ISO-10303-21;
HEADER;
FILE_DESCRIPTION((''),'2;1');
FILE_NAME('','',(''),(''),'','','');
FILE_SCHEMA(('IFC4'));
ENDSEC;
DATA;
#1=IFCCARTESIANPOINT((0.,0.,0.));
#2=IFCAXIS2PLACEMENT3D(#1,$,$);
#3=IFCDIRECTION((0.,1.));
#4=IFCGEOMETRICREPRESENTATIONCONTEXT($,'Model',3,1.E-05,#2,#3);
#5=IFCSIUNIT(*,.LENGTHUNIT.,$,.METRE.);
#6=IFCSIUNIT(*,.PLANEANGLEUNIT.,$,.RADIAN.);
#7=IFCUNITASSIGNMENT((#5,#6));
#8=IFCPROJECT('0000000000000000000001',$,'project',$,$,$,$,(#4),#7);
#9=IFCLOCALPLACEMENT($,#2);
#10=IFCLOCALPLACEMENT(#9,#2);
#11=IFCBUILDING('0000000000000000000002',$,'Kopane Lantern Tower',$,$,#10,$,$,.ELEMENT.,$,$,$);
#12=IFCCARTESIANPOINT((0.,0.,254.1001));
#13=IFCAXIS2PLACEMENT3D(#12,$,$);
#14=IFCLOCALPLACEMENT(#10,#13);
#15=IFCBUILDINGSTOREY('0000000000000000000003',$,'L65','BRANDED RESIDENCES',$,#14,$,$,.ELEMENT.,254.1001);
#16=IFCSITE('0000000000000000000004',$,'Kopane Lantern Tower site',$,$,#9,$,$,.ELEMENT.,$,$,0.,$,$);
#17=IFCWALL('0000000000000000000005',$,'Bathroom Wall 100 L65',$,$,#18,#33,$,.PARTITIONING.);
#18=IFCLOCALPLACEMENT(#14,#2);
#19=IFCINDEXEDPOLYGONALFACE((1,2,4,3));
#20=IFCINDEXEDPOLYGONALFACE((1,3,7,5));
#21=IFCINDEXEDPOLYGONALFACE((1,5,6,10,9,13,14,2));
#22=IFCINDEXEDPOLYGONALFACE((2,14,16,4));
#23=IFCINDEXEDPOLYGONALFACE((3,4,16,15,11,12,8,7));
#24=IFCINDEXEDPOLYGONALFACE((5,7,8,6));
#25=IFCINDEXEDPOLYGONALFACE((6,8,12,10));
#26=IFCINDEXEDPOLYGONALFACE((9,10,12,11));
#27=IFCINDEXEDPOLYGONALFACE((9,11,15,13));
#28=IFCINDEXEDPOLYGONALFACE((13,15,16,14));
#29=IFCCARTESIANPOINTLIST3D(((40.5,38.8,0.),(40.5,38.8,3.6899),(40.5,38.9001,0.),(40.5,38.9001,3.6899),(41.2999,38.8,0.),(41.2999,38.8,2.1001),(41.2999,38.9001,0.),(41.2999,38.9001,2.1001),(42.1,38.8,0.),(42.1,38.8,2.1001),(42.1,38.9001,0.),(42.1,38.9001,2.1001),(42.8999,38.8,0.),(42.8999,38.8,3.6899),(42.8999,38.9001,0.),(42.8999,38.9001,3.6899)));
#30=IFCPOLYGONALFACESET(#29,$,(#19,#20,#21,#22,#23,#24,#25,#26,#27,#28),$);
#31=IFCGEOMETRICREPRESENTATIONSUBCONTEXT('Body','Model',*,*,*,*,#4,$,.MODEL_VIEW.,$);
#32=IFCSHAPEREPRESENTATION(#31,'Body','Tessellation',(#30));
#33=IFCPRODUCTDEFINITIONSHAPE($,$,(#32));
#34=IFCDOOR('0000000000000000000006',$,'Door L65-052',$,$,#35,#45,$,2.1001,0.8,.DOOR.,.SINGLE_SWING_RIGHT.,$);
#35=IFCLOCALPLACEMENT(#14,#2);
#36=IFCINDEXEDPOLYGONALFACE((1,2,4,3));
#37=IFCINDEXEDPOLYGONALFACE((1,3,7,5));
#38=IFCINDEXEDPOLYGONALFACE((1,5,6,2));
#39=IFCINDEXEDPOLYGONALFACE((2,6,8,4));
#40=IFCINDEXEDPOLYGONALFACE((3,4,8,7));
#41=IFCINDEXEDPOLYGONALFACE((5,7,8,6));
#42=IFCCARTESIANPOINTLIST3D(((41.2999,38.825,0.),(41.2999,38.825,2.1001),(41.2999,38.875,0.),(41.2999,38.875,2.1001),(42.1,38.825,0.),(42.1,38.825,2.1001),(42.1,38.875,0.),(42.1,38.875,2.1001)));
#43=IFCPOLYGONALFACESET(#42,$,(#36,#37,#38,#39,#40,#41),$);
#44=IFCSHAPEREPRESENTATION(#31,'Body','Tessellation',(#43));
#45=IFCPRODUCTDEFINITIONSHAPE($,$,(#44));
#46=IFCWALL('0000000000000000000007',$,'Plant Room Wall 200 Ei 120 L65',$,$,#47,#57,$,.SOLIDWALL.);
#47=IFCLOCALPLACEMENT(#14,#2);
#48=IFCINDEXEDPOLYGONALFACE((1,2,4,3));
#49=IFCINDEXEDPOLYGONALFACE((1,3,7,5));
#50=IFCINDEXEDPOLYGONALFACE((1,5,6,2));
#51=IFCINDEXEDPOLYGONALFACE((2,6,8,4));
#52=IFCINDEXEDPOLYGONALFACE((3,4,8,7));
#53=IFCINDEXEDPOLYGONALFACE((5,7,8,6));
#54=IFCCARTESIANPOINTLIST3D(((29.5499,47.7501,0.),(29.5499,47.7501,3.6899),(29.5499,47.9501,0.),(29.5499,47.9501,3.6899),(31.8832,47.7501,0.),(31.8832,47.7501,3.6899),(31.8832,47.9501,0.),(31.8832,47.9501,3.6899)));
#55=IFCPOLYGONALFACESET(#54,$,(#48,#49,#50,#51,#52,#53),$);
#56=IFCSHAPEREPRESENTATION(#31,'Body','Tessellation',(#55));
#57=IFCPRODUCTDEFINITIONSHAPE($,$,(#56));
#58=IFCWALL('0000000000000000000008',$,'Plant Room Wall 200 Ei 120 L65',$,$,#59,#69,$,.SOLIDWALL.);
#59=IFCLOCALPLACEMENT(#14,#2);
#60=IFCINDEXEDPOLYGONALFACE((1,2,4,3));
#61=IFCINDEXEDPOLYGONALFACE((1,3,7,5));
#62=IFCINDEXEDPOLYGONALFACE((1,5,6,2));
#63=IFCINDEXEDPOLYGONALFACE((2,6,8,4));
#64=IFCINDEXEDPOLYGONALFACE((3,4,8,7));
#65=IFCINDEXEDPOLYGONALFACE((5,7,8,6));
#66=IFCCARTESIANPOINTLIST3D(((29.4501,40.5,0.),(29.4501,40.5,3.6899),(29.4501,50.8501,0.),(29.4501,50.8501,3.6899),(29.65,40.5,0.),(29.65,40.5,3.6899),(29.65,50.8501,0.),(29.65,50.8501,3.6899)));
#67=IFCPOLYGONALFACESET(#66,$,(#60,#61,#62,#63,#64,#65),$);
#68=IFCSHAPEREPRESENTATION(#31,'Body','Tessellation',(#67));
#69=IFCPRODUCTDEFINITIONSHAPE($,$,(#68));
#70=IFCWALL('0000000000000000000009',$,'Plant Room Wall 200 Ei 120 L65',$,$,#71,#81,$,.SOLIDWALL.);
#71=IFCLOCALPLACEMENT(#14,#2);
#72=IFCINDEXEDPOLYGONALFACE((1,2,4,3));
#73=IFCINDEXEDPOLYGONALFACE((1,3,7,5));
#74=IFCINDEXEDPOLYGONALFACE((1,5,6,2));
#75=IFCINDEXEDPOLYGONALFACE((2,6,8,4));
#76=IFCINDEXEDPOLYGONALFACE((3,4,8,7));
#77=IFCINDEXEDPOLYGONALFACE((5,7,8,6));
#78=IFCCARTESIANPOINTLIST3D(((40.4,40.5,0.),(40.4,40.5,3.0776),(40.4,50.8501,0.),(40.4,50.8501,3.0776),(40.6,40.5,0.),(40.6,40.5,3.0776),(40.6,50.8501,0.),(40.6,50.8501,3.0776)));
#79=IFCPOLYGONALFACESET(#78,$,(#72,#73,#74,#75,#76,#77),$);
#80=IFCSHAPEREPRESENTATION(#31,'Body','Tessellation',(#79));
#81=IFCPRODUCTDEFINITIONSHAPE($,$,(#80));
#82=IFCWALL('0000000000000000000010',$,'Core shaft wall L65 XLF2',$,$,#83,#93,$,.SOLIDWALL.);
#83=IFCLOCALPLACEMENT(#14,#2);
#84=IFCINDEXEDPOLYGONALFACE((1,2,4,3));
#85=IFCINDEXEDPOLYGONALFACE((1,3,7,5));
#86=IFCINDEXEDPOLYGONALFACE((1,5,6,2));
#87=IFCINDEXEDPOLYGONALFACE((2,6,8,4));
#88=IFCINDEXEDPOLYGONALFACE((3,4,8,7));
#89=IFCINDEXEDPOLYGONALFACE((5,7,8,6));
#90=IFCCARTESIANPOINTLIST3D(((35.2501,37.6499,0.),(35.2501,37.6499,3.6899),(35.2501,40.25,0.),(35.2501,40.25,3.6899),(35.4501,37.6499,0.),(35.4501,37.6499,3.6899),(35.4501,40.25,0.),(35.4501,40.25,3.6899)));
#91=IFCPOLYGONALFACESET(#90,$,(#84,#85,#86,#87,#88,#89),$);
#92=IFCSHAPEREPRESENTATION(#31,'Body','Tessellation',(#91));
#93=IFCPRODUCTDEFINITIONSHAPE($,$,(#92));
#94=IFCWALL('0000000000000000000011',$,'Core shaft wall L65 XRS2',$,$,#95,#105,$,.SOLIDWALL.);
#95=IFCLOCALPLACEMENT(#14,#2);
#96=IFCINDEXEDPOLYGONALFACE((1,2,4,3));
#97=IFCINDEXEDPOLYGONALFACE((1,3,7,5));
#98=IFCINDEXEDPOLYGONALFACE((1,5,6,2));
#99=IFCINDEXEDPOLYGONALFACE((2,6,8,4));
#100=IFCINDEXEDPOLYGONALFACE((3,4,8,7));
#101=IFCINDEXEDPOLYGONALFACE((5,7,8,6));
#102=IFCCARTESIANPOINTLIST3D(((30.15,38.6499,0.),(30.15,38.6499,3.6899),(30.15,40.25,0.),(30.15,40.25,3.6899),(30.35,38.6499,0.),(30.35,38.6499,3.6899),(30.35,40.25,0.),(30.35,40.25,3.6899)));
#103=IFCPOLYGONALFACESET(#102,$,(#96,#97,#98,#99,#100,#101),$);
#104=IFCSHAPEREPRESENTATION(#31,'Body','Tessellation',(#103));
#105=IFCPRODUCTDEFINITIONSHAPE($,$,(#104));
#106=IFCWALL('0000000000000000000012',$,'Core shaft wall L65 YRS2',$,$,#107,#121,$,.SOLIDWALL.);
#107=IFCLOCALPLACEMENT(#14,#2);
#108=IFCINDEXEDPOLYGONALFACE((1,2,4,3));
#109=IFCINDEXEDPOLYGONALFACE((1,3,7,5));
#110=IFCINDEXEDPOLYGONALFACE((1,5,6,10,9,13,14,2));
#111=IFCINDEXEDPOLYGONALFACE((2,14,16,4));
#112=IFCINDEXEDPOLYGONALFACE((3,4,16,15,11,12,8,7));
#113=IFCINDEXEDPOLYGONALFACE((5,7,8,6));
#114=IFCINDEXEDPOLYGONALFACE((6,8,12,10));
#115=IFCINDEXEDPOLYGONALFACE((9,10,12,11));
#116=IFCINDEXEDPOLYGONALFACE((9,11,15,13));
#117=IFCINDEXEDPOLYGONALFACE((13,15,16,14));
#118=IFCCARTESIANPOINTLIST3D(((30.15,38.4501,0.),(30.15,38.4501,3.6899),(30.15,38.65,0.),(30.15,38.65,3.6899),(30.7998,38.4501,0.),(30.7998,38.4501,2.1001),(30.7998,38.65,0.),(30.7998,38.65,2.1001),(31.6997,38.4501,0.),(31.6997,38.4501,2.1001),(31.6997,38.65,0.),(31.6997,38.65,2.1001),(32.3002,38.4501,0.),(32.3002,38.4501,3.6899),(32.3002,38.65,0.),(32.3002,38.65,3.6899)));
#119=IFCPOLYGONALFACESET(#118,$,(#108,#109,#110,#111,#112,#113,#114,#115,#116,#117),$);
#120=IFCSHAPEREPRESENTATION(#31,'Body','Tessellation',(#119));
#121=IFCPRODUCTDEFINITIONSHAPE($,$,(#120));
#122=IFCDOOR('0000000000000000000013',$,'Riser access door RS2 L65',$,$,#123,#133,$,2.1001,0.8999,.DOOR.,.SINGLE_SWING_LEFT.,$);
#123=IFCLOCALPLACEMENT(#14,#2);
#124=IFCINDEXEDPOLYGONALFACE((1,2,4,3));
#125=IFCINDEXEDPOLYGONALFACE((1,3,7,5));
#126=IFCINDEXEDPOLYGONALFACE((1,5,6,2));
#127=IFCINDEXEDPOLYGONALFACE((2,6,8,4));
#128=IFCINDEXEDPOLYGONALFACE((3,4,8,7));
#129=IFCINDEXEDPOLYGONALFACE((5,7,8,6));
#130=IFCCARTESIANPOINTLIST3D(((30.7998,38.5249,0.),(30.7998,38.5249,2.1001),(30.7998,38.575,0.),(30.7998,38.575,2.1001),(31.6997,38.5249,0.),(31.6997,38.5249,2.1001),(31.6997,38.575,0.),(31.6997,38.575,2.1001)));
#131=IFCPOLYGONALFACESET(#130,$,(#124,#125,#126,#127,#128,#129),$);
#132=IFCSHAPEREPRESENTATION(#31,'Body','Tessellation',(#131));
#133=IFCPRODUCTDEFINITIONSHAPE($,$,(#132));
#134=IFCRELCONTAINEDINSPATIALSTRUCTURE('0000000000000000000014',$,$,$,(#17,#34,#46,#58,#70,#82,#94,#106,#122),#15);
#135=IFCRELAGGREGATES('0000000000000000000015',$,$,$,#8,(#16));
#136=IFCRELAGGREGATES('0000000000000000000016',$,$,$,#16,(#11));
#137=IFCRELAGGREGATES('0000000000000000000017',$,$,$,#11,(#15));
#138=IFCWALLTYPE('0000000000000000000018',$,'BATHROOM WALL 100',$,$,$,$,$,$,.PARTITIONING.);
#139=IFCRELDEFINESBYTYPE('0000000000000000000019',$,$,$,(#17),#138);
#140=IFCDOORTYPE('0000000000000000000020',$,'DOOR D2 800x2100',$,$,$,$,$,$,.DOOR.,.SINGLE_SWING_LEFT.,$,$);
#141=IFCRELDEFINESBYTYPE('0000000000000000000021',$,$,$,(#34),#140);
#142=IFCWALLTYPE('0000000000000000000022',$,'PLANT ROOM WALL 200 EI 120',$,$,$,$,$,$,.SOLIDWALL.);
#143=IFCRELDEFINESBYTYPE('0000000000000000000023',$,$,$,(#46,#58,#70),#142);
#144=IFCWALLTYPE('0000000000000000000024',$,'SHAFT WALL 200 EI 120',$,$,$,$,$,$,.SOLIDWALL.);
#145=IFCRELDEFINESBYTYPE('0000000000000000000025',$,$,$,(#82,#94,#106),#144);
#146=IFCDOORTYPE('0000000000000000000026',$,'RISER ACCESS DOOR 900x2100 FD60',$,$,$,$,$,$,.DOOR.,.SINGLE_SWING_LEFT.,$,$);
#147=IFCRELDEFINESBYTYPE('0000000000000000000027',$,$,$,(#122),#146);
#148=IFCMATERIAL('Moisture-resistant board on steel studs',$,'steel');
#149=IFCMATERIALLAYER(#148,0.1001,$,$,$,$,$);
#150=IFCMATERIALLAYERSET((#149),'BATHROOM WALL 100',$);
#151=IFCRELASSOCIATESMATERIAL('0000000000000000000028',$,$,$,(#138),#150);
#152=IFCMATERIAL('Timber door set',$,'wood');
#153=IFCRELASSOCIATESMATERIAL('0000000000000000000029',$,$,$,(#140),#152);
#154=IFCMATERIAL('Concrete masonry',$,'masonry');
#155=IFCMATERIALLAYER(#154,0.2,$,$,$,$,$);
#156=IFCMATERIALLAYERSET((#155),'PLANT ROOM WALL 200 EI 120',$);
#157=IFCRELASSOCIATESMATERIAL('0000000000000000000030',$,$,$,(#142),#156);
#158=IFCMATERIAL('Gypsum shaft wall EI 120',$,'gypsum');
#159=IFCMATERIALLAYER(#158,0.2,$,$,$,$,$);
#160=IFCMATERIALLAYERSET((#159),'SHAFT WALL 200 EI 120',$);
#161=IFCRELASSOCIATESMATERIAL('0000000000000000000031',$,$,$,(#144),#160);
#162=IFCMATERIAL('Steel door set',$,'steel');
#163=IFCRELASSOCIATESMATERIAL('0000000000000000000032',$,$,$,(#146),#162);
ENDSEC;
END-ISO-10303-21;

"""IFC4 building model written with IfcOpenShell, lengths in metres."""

from ifc_helpers import new_model, si_unit, direction, frame, frame_2d, origin, place, context, subcontext, project, spatial, rectangle, extrude, material, layer, layer_set, type_object, element, fill, save


model = new_model("IFC4")

# Units and contexts
model_context = context("Model", 3, precision=1e-05, world=origin(), true_north=direction((0.0, 1.0)))
body_context = subcontext(model_context, "Body", "Model", "MODEL_VIEW")
ifc_project = project(units=[si_unit("LENGTHUNIT", "METRE"), si_unit("PLANEANGLEUNIT", "RADIAN")], contexts=[model_context])

# Site, building, storey
site_placement = place(None, origin())
site = spatial("IfcSite", under=ifc_project, at=site_placement, Name="Kopane Lantern Tower site", CompositionType="ELEMENT", RefElevation=0.0)
building_placement = place(site_placement, origin())
building = spatial("IfcBuilding", under=site, at=building_placement, Name="Kopane Lantern Tower", CompositionType="ELEMENT")
storey_placement = place(building_placement, frame((0.0, 0.0, 254.1001)))
storey = spatial("IfcBuildingStorey", under=building, at=storey_placement, Name="L65", Description="BRANDED RESIDENCES", CompositionType="ELEMENT", Elevation=254.1001)

# Wall, opening, door
ifc_material_1 = material(Name="Moisture-resistant board on steel studs", Category="steel")
ifc_layer_1 = layer(ifc_material_1, 0.1001)
ifc_layer_set_1 = layer_set([ifc_layer_1], Name="BATHROOM WALL 100")
wall_type_1 = type_object("IfcWallType", Name="BATHROOM WALL 100", PredefinedType="PARTITIONING", material=ifc_layer_set_1)
wall_1_placement = place(storey_placement, frame((40.5, 38.8501, 0.0), z_axis=(0.0, 0.0, 1.0), x_axis=(1.0, 0.0, 0.0)))
wall_1 = element("IfcWall", 1, at=wall_1_placement, inside=storey, type_object=wall_type_1, Name="Bathroom Wall 100 L65", PredefinedType="PARTITIONING", context=body_context, shape_type="SweptSolid", body=[
    extrude(rectangle(XDim=2.3999, YDim=0.1001, at=frame_2d((1.2, 0.0))), origin(), (0.0, 0.0, 1.0), 3.6899),
])
opening_1_placement = place(wall_1_placement, frame((0.8, 0.0, 0.0)))
opening_1 = element("IfcOpeningElement", 2, at=opening_1_placement, cuts=wall_1, PredefinedType="OPENING", context=body_context, shape_type="SweptSolid", body=[
    extrude(rectangle(XDim=0.8, YDim=2.1001, at=frame_2d((0.3999, 1.05))), frame((0.0, 0.0601, 0.0), z_axis=(0.0, -1.0, 0.0), x_axis=(1.0, 0.0, 0.0)), (0.0, 0.0, 1.0), 0.1201),
])
ifc_material_2 = material(Name="Timber door set", Category="wood")
door_type_1 = type_object("IfcDoorType", Name="DOOR D2 800x2100", OperationType="SINGLE_SWING_LEFT", PredefinedType="DOOR", material=ifc_material_2)
door_1_placement = place(opening_1_placement, origin())
door_1 = element("IfcDoor", 3, at=door_1_placement, inside=storey, type_object=door_type_1, Name="Door L65-052", OperationType="SINGLE_SWING_RIGHT", OverallHeight=2.1001, OverallWidth=0.8, PredefinedType="DOOR", context=body_context, shape_type="SweptSolid", body=[
    extrude(rectangle(XDim=0.8, YDim=2.1001, at=frame_2d((0.3999, 1.05))), frame((0.0, 0.0249, 0.0), z_axis=(0.0, -1.0, 0.0), x_axis=(1.0, 0.0, 0.0)), (0.0, 0.0, 1.0), 0.05),
])
fill(opening_1, door_1)

# Walls
ifc_material_3 = material(Name="Concrete masonry", Category="masonry")
ifc_layer_2 = layer(ifc_material_3, 0.2)
ifc_layer_set_2 = layer_set([ifc_layer_2], Name="PLANT ROOM WALL 200 EI 120")
wall_type_2 = type_object("IfcWallType", Name="PLANT ROOM WALL 200 EI 120", PredefinedType="SOLIDWALL", material=ifc_layer_set_2)
wall_2_placement = place(storey_placement, frame((29.55, 47.8501, 0.0), z_axis=(0.0, 0.0, 1.0), x_axis=(1.0, 0.0, 0.0)))
element("IfcWall", 4, at=wall_2_placement, inside=storey, type_object=wall_type_2, Name="Plant Room Wall 200 Ei 120 L65", PredefinedType="SOLIDWALL", context=body_context, shape_type="SweptSolid", body=[
    extrude(rectangle(XDim=2.3333, YDim=0.2, at=frame_2d((1.1665, 0.0))), origin(), (0.0, 0.0, 1.0), 3.6899),
])
wall_3_placement = place(storey_placement, frame((29.55, 40.5, 0.0), z_axis=(0.0, 0.0, 1.0), x_axis=(0.0, 1.0, 0.0)))
element("IfcWall", 5, at=wall_3_placement, inside=storey, type_object=wall_type_2, Name="Plant Room Wall 200 Ei 120 L65", PredefinedType="SOLIDWALL", context=body_context, shape_type="SweptSolid", body=[
    extrude(rectangle(XDim=10.3501, YDim=0.2, at=frame_2d((5.175, 0.0))), origin(), (0.0, 0.0, 1.0), 3.6899),
])
wall_4_placement = place(storey_placement, frame((40.5, 40.5, 0.0), z_axis=(0.0, 0.0, 1.0), x_axis=(0.0, 1.0, 0.0)))
element("IfcWall", 6, at=wall_4_placement, inside=storey, type_object=wall_type_2, Name="Plant Room Wall 200 Ei 120 L65", PredefinedType="SOLIDWALL", context=body_context, shape_type="SweptSolid", body=[
    extrude(rectangle(XDim=10.3501, YDim=0.2, at=frame_2d((5.175, 0.0))), origin(), (0.0, 0.0, 1.0), 3.0776),
])
ifc_material_4 = material(Name="Gypsum shaft wall EI 120", Category="gypsum")
ifc_layer_3 = layer(ifc_material_4, 0.2)
ifc_layer_set_3 = layer_set([ifc_layer_3], Name="SHAFT WALL 200 EI 120")
wall_type_3 = type_object("IfcWallType", Name="SHAFT WALL 200 EI 120", PredefinedType="SOLIDWALL", material=ifc_layer_set_3)
wall_5_placement = place(storey_placement, frame((35.3501, 37.6499, 0.0), z_axis=(0.0, 0.0, 1.0), x_axis=(0.0, 1.0, 0.0)))
element("IfcWall", 7, at=wall_5_placement, inside=storey, type_object=wall_type_3, Name="Core shaft wall L65 XLF2", PredefinedType="SOLIDWALL", context=body_context, shape_type="SweptSolid", body=[
    extrude(rectangle(XDim=2.6001, YDim=0.2, at=frame_2d((1.3, 0.0))), origin(), (0.0, 0.0, 1.0), 3.6899),
])
wall_6_placement = place(storey_placement, frame((30.25, 38.6499, 0.0), z_axis=(0.0, 0.0, 1.0), x_axis=(0.0, 1.0, 0.0)))
element("IfcWall", 8, at=wall_6_placement, inside=storey, type_object=wall_type_3, Name="Core shaft wall L65 XRS2", PredefinedType="SOLIDWALL", context=body_context, shape_type="SweptSolid", body=[
    extrude(rectangle(XDim=1.6001, YDim=0.2, at=frame_2d((0.8, 0.0))), origin(), (0.0, 0.0, 1.0), 3.6899),
])

# Wall, opening, door
wall_7_placement = place(storey_placement, frame((30.1499, 38.55, 0.0), z_axis=(0.0, 0.0, 1.0), x_axis=(1.0, 0.0, 0.0)))
wall_7 = element("IfcWall", 9, at=wall_7_placement, inside=storey, type_object=wall_type_3, Name="Core shaft wall L65 YRS2", PredefinedType="SOLIDWALL", context=body_context, shape_type="SweptSolid", body=[
    extrude(rectangle(XDim=2.1501, YDim=0.2, at=frame_2d((1.0752, 0.0))), origin(), (0.0, 0.0, 1.0), 3.6899),
])
opening_2_placement = place(wall_7_placement, frame((0.6499, 0.0, 0.0)))
opening_2 = element("IfcOpeningElement", 10, at=opening_2_placement, cuts=wall_7, PredefinedType="OPENING", context=body_context, shape_type="SweptSolid", body=[
    extrude(rectangle(XDim=0.8999, YDim=2.1001, at=frame_2d((0.45, 1.05))), frame((0.0, 0.1099, 0.0), z_axis=(0.0, -1.0, 0.0), x_axis=(1.0, 0.0, 0.0)), (0.0, 0.0, 1.0), 0.22),
])
ifc_material_5 = material(Name="Steel door set", Category="steel")
door_type_2 = type_object("IfcDoorType", Name="RISER ACCESS DOOR 900x2100 FD60", OperationType="SINGLE_SWING_LEFT", PredefinedType="DOOR", material=ifc_material_5)
door_2_placement = place(opening_2_placement, origin())
door_2 = element("IfcDoor", 11, at=door_2_placement, inside=storey, type_object=door_type_2, Name="Riser access door RS2 L65", OperationType="SINGLE_SWING_LEFT", OverallHeight=2.1001, OverallWidth=0.8999, PredefinedType="DOOR", context=body_context, shape_type="SweptSolid", body=[
    extrude(rectangle(XDim=0.8999, YDim=2.1001, at=frame_2d((0.45, 1.05))), frame((0.0, 0.0249, 0.0), z_axis=(0.0, -1.0, 0.0), x_axis=(1.0, 0.0, 0.0)), (0.0, 0.0, 1.0), 0.05),
])
fill(opening_2, door_2)

save(model, "model.ifc")
